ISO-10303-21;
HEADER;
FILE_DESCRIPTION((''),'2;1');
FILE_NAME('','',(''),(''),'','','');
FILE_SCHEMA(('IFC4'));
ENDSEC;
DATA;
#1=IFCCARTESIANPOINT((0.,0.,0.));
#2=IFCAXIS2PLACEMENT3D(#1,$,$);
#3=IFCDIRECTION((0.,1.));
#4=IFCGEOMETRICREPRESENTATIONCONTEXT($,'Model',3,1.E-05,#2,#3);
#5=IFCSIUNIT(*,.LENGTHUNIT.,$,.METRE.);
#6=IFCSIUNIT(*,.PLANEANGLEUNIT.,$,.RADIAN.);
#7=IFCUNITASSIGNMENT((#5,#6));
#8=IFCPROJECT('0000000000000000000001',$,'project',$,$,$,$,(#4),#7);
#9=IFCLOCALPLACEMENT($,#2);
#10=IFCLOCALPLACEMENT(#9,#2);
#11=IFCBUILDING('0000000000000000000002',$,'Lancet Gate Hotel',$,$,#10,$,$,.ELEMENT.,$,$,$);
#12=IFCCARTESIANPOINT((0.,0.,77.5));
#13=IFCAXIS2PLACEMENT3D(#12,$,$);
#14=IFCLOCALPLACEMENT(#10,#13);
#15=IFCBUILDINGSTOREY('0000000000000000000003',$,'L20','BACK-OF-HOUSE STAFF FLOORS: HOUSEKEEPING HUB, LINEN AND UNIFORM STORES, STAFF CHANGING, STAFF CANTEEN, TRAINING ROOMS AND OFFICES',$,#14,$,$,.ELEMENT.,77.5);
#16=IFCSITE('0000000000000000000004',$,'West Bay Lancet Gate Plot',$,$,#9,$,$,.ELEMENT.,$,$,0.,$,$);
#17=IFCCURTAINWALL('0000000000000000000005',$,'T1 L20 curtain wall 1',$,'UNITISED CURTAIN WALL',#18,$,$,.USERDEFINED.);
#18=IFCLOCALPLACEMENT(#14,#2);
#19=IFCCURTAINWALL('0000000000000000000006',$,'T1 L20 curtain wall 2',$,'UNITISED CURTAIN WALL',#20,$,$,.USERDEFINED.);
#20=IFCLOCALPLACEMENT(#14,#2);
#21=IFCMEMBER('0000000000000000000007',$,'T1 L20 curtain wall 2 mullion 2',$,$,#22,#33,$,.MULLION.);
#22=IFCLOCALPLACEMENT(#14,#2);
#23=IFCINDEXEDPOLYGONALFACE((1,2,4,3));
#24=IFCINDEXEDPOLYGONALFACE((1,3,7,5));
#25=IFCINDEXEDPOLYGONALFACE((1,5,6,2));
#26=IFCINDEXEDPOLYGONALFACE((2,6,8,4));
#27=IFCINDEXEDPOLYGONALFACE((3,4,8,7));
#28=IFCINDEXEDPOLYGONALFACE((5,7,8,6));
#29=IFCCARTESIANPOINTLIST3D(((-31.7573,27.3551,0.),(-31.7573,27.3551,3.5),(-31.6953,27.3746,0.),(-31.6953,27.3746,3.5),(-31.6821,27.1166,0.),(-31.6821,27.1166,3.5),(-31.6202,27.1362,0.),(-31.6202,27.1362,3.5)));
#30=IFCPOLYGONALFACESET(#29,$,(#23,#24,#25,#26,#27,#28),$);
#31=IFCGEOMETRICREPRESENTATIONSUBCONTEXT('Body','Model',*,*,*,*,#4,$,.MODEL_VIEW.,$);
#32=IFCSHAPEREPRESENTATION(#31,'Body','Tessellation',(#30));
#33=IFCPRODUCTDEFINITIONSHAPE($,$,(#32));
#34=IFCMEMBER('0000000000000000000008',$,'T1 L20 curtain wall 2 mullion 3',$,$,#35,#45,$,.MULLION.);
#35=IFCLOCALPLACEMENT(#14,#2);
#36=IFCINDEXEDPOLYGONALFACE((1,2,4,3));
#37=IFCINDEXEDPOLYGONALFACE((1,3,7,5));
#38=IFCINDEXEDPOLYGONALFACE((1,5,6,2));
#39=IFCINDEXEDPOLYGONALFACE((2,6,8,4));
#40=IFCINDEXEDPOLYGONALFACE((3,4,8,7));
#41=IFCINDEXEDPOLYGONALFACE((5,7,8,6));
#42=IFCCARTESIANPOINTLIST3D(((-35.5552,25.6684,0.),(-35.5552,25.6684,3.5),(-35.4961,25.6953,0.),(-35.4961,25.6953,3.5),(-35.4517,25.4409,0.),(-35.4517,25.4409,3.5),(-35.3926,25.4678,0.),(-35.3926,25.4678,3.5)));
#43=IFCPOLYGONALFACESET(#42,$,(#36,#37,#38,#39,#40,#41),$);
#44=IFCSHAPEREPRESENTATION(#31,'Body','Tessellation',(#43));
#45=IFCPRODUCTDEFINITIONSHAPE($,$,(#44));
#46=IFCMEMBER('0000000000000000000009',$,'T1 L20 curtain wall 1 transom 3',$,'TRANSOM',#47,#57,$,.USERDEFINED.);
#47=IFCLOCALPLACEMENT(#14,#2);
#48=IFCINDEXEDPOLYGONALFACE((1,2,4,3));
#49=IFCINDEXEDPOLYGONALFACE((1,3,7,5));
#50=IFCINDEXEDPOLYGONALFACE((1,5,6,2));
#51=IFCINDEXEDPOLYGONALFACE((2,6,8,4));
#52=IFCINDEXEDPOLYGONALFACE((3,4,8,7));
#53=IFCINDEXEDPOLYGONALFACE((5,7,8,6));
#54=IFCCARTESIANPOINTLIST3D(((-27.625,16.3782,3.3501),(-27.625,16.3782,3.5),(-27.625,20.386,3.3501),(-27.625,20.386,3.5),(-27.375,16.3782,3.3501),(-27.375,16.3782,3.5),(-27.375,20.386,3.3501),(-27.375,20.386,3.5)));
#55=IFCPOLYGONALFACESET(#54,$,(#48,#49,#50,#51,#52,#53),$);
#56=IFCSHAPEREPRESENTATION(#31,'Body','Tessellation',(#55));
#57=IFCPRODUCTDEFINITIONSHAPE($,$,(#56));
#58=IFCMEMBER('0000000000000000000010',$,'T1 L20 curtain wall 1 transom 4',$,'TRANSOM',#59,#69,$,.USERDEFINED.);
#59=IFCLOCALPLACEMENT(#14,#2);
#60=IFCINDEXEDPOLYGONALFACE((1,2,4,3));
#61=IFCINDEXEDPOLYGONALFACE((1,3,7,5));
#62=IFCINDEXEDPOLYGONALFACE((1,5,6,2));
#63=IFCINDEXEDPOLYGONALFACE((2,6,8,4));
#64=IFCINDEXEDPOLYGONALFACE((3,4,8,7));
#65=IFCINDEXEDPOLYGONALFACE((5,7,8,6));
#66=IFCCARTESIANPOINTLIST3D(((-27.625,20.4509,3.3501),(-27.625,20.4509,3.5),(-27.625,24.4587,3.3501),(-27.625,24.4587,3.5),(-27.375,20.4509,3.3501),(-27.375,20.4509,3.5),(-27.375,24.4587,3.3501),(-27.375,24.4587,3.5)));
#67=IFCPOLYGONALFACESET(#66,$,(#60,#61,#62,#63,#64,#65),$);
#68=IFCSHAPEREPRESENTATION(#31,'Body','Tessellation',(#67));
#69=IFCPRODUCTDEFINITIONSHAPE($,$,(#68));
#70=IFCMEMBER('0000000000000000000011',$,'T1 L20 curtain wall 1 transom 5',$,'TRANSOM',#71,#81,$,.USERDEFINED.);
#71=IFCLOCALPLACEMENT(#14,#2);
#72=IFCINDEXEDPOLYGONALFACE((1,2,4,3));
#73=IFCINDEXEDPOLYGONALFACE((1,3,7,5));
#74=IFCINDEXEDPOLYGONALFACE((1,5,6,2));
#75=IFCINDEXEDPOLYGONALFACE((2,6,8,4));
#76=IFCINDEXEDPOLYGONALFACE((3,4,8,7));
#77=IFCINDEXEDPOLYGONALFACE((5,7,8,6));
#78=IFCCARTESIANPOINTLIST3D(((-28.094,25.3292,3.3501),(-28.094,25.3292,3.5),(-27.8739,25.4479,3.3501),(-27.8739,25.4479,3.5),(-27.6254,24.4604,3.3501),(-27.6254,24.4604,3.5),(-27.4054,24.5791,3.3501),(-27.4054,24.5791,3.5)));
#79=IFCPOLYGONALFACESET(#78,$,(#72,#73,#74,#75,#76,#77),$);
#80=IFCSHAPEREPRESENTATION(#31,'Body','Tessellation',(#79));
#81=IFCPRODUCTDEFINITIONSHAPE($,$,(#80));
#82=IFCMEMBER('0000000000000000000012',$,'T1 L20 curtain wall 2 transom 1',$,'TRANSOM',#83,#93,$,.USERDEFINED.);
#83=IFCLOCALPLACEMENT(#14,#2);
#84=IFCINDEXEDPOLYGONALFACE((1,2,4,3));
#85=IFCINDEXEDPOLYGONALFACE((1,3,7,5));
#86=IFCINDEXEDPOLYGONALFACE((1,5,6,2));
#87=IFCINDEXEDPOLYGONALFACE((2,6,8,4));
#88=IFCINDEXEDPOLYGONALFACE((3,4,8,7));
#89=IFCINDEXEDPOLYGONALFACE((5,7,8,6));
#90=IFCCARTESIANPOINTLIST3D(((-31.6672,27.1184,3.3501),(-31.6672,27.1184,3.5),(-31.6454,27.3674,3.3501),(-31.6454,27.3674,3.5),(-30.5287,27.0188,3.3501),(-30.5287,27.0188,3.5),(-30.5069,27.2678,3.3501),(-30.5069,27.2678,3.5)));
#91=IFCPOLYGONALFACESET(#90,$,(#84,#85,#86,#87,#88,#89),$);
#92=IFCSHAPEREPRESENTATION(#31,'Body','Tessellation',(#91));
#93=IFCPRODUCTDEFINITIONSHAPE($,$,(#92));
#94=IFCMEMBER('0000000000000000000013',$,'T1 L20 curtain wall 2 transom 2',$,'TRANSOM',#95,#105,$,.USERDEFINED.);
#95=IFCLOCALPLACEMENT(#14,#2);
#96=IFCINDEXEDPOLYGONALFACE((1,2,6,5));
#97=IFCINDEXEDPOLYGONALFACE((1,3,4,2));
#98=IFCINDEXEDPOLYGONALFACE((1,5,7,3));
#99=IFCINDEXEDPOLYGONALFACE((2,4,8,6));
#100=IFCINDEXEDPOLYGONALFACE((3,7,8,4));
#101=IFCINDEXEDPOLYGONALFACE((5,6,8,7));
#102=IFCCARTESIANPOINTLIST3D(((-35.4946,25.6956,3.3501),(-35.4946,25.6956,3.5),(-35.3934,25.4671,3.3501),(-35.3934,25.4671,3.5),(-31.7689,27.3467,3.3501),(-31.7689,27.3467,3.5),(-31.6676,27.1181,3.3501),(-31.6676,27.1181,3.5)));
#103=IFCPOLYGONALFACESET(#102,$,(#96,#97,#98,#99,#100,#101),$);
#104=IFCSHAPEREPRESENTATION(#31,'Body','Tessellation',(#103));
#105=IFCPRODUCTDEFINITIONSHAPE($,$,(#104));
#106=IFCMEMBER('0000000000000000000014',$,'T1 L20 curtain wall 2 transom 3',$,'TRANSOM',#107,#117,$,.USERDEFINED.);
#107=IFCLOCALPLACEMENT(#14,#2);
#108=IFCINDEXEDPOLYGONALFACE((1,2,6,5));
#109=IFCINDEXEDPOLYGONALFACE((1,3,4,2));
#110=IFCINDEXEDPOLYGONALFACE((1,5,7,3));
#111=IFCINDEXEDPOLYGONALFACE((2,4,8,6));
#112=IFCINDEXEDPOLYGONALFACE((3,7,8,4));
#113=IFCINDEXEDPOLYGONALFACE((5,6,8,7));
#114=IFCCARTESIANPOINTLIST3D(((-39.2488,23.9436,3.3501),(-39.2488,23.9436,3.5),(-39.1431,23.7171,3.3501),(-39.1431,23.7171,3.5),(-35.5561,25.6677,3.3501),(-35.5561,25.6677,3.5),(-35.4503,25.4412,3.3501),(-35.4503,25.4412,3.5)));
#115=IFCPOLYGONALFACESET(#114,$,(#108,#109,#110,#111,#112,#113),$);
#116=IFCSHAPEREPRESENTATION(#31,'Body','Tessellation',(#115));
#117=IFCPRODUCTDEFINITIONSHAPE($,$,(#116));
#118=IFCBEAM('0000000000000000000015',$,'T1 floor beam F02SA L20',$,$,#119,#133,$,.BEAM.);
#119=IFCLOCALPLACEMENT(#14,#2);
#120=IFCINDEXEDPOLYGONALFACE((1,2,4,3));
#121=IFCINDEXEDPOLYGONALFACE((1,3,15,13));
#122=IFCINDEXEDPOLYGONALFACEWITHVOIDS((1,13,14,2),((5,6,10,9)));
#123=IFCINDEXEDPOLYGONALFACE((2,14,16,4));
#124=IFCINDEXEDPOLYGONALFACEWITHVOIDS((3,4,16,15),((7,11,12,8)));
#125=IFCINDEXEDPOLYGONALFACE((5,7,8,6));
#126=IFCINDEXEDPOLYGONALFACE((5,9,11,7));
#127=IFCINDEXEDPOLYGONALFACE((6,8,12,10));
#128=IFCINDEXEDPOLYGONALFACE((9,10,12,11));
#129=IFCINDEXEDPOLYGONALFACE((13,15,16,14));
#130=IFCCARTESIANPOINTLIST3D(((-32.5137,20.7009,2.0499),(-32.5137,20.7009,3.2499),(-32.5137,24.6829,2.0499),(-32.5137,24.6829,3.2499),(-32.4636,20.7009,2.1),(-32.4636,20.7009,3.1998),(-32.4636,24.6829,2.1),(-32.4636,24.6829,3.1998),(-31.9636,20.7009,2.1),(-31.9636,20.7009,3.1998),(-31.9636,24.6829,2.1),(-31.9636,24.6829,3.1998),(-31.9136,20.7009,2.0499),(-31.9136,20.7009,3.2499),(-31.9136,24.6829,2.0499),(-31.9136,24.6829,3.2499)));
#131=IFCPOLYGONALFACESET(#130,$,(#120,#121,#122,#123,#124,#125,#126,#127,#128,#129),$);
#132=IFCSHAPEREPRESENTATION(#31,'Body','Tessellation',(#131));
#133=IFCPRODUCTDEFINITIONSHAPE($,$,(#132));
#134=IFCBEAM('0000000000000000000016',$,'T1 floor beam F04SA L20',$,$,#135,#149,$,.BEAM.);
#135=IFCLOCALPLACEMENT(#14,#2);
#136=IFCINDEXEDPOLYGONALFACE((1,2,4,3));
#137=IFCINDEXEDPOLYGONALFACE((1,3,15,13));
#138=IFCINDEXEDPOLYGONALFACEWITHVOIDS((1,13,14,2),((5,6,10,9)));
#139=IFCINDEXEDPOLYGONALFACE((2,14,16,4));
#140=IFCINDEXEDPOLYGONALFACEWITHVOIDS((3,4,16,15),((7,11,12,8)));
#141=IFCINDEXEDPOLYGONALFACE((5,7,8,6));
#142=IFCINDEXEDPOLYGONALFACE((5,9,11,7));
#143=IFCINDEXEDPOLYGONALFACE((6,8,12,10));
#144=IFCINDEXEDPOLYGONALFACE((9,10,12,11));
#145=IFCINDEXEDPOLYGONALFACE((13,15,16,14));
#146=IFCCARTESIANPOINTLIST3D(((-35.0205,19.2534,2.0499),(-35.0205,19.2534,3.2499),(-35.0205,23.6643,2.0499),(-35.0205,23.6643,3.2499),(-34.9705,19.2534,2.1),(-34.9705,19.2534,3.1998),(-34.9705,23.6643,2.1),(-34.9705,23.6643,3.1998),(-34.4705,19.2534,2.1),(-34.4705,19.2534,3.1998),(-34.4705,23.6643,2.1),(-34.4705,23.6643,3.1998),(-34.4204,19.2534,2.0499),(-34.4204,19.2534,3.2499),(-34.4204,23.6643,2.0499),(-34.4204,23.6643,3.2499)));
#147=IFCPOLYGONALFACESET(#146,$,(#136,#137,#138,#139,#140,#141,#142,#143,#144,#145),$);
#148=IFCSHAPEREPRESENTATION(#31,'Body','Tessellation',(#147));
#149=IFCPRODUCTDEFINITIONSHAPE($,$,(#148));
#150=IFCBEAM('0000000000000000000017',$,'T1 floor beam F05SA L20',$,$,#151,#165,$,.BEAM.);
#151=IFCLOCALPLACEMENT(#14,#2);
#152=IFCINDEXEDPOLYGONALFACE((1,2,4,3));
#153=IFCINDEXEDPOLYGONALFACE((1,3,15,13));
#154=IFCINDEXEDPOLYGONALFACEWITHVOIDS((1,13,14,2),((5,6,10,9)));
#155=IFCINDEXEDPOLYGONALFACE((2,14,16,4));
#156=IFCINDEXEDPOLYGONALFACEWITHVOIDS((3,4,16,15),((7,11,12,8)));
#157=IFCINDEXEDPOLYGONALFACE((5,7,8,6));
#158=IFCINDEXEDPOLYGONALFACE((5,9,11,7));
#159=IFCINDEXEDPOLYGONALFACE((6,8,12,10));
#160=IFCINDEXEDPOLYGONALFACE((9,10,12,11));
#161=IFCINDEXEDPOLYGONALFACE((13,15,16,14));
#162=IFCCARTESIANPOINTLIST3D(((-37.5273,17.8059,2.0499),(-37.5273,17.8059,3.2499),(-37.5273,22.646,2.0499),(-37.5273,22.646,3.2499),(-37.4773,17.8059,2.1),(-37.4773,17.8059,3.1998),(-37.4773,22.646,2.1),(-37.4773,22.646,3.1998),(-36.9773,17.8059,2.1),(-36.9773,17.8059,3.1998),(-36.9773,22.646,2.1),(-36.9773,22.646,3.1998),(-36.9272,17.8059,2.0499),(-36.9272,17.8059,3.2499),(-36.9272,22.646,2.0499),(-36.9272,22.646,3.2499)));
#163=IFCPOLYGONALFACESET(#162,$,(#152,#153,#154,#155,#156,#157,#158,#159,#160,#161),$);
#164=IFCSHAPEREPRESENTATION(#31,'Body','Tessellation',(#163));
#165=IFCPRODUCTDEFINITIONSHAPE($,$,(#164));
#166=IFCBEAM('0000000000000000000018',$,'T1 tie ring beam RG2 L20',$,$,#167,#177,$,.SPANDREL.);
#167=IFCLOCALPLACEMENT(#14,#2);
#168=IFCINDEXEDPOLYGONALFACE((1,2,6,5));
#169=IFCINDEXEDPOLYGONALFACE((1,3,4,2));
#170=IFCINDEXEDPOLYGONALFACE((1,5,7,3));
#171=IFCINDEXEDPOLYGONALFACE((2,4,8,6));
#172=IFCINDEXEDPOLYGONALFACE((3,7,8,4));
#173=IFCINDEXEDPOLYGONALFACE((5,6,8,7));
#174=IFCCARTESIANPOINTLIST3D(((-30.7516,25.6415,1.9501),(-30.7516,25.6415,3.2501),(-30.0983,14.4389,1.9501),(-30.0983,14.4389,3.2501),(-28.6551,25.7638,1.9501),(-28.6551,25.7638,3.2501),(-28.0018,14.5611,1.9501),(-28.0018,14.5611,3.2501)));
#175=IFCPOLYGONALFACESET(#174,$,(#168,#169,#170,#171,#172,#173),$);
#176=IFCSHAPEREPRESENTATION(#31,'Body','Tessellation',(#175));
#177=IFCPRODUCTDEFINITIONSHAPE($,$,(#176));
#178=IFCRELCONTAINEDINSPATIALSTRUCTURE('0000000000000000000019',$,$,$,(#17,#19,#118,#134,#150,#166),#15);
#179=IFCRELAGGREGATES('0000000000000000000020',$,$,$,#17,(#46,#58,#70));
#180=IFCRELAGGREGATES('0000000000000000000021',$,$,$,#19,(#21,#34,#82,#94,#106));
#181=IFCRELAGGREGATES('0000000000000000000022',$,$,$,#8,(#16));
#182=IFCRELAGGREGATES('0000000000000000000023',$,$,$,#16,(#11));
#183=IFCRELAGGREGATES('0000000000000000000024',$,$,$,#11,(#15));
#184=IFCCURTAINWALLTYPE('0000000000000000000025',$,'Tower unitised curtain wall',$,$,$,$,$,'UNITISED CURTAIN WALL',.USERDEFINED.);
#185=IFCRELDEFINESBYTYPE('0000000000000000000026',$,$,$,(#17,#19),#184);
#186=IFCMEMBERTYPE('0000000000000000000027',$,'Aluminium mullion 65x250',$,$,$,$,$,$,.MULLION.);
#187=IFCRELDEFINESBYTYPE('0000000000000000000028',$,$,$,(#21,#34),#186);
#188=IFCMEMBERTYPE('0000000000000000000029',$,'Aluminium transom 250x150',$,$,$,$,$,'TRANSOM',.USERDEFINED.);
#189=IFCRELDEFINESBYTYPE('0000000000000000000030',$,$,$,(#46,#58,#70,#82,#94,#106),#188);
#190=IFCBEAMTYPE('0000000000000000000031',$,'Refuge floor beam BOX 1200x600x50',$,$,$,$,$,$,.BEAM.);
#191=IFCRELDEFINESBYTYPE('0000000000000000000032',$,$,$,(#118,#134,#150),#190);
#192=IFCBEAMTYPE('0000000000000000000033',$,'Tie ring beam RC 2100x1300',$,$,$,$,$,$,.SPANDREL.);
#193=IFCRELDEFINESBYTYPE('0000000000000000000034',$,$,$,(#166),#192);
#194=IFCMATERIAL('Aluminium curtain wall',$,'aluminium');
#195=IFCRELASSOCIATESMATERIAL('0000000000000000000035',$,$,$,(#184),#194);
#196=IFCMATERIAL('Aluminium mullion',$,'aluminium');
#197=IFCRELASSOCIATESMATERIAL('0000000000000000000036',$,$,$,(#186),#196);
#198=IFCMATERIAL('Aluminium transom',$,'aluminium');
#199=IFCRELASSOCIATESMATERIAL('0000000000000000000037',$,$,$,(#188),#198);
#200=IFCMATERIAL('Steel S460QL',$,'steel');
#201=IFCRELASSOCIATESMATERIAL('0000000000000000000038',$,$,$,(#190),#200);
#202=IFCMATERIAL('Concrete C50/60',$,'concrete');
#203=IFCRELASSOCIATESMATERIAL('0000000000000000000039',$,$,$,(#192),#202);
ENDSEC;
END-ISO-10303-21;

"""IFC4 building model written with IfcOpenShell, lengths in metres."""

from ifc_helpers import new_model, si_unit, direction, frame, origin, origin_2d, place, context, subcontext, project, spatial, rectangle, hollow_rectangle, extrude, material, material_profile, profile_set, type_object, element, aggregate, save


model = new_model("IFC4")

# Units and contexts
model_context = context("Model", 3, precision=1e-05, world=origin(), true_north=direction((0.0, 1.0)))
body_context = subcontext(model_context, "Body", "Model", "MODEL_VIEW")
ifc_project = project(units=[si_unit("LENGTHUNIT", "METRE"), si_unit("PLANEANGLEUNIT", "RADIAN")], contexts=[model_context])

# Site, building, storey
site_placement = place(None, origin())
site = spatial("IfcSite", under=ifc_project, at=site_placement, Name="West Bay Lancet Gate Plot", CompositionType="ELEMENT", RefElevation=0.0)
building_placement = place(site_placement, origin())
building = spatial("IfcBuilding", under=site, at=building_placement, Name="Lancet Gate Hotel", CompositionType="ELEMENT")
storey_placement = place(building_placement, frame((0.0, 0.0, 77.5)))
storey = spatial("IfcBuildingStorey", under=building, at=storey_placement, Name="L20", Description="BACK-OF-HOUSE STAFF FLOORS: HOUSEKEEPING HUB, LINEN AND UNIFORM STORES, STAFF CHANGING, STAFF CANTEEN, TRAINING ROOMS AND OFFICES", CompositionType="ELEMENT", Elevation=77.5)

# Curtain walls, members
ifc_material_1 = material(Name="Aluminium curtain wall", Category="aluminium")
curtain_wall_type = type_object("IfcCurtainWallType", Name="Tower unitised curtain wall", ElementType="UNITISED CURTAIN WALL", PredefinedType="USERDEFINED", material=ifc_material_1)
curtain_wall_1_placement = place(storey_placement, origin())
curtain_wall_1 = element("IfcCurtainWall", 1, at=curtain_wall_1_placement, inside=storey, type_object=curtain_wall_type, Name="T1 L20 curtain wall 1", ObjectType="UNITISED CURTAIN WALL", PredefinedType="USERDEFINED")
ifc_material_2 = material(Name="Aluminium mullion", Category="aluminium")
ifc_material_profile_1 = material_profile(ifc_material_2, rectangle(XDim=0.0649, YDim=0.25, at=origin_2d()), Name="MULLION 65x250")
ifc_profile_set_1 = profile_set([ifc_material_profile_1], Name="Aluminium mullion")
member_type_1 = type_object("IfcMemberType", Name="Aluminium mullion 65x250", PredefinedType="MULLION", material=ifc_profile_set_1)
curtain_wall_2_placement = place(storey_placement, origin())
curtain_wall_2 = element("IfcCurtainWall", 2, at=curtain_wall_2_placement, inside=storey, type_object=curtain_wall_type, Name="T1 L20 curtain wall 2", ObjectType="UNITISED CURTAIN WALL", PredefinedType="USERDEFINED")
member_1_placement = place(storey_placement, frame((-31.6887, 27.2456, 0.0), z_axis=(0.0, 0.0, 1.0), x_axis=(-0.953737, -0.300643, 0.0)))
member_1 = element("IfcMember", 3, at=member_1_placement, type_object=member_type_1, Name="T1 L20 curtain wall 2 mullion 2", PredefinedType="MULLION", context=body_context, shape_type="SweptSolid", body=[
    extrude(rectangle(XDim=0.0649, YDim=0.25, at=origin_2d()), origin(), (0.0, 0.0, 1.0), 3.5),
])
member_2_placement = place(storey_placement, frame((-35.4739, 25.5681, 0.0), z_axis=(0.0, 0.0, 1.0), x_axis=(-0.91022, -0.414126, 0.0)))
member_2 = element("IfcMember", 4, at=member_2_placement, type_object=member_type_1, Name="T1 L20 curtain wall 2 mullion 3", PredefinedType="MULLION", context=body_context, shape_type="SweptSolid", body=[
    extrude(rectangle(XDim=0.0649, YDim=0.25, at=origin_2d()), origin(), (0.0, 0.0, 1.0), 3.5),
])

# Members
ifc_material_3 = material(Name="Aluminium transom", Category="aluminium")
ifc_material_profile_2 = material_profile(ifc_material_3, rectangle(XDim=0.25, YDim=0.1499, at=origin_2d()), Name="TRANSOM 250x150")
ifc_profile_set_2 = profile_set([ifc_material_profile_2], Name="Aluminium transom")
member_type_2 = type_object("IfcMemberType", Name="Aluminium transom 250x150", ElementType="TRANSOM", PredefinedType="USERDEFINED", material=ifc_profile_set_2)
member_3_placement = place(storey_placement, frame((-27.5, 16.3782, 3.425), z_axis=(0.0, 1.0, 0.0), x_axis=(-1.0, 0.0, 0.0)))
member_3 = element("IfcMember", 5, at=member_3_placement, type_object=member_type_2, Name="T1 L20 curtain wall 1 transom 3", ObjectType="TRANSOM", PredefinedType="USERDEFINED", context=body_context, shape_type="SweptSolid", body=[
    extrude(rectangle(XDim=0.25, YDim=0.1499, at=origin_2d()), origin(), (0.0, 0.0, 1.0), 4.0078),
])
member_4_placement = place(storey_placement, frame((-27.5, 20.4509, 3.425), z_axis=(0.0, 1.0, 0.0), x_axis=(-1.0, 0.0, 0.0)))
member_4 = element("IfcMember", 6, at=member_4_placement, type_object=member_type_2, Name="T1 L20 curtain wall 1 transom 4", ObjectType="TRANSOM", PredefinedType="USERDEFINED", context=body_context, shape_type="SweptSolid", body=[
    extrude(rectangle(XDim=0.25, YDim=0.1499, at=origin_2d()), origin(), (0.0, 0.0, 1.0), 4.0078),
])
member_5_placement = place(storey_placement, frame((-27.5154, 24.5198, 3.425), z_axis=(-0.474705, 0.880145, 0.0), x_axis=(-0.880145, -0.474705, 0.0)))
member_5 = element("IfcMember", 7, at=member_5_placement, type_object=member_type_2, Name="T1 L20 curtain wall 1 transom 5", ObjectType="TRANSOM", PredefinedType="USERDEFINED", context=body_context, shape_type="SweptSolid", body=[
    extrude(rectangle(XDim=0.25, YDim=0.1499, at=origin_2d()), origin(), (0.0, 0.0, 1.0), 0.9871),
])
member_6_placement = place(storey_placement, frame((-30.5178, 27.1433, 3.425), z_axis=(-0.996194, 0.087164, 0.0), x_axis=(-0.087164, -0.996194, 0.0)))
member_6 = element("IfcMember", 8, at=member_6_placement, type_object=member_type_2, Name="T1 L20 curtain wall 2 transom 1", ObjectType="TRANSOM", PredefinedType="USERDEFINED", context=body_context, shape_type="SweptSolid", body=[
    extrude(rectangle(XDim=0.25, YDim=0.1499, at=origin_2d()), origin(), (0.0, 0.0, 1.0), 1.1428),
])
member_7_placement = place(storey_placement, frame((-31.7183, 27.2324, 3.425), z_axis=(-0.914248, -0.405154, 0.0), x_axis=(0.405154, -0.914248, 0.0)))
member_7 = element("IfcMember", 9, at=member_7_placement, type_object=member_type_2, Name="T1 L20 curtain wall 2 transom 2", ObjectType="TRANSOM", PredefinedType="USERDEFINED", context=body_context, shape_type="SweptSolid", body=[
    extrude(rectangle(XDim=0.25, YDim=0.1499, at=origin_2d()), origin(), (0.0, 0.0, 1.0), 4.0752),
])
member_8_placement = place(storey_placement, frame((-35.5032, 25.5544, 3.425), z_axis=(-0.90611, -0.423043, 0.0), x_axis=(0.423043, -0.90611, 0.0)))
member_8 = element("IfcMember", 10, at=member_8_placement, type_object=member_type_2, Name="T1 L20 curtain wall 2 transom 3", ObjectType="TRANSOM", PredefinedType="USERDEFINED", context=body_context, shape_type="SweptSolid", body=[
    extrude(rectangle(XDim=0.25, YDim=0.1499, at=origin_2d()), origin(), (0.0, 0.0, 1.0), 4.0754),
])

# Beams
ifc_material_4 = material(Name="Steel S460QL", Category="steel")
ifc_material_profile_3 = material_profile(ifc_material_4, hollow_rectangle(XDim=0.6001, YDim=1.2, WallThickness=0.05, at=origin_2d()), Name="BOX 1200x600x50")
ifc_profile_set_3 = profile_set([ifc_material_profile_3], Name="Steel S460QL")
beam_type_1 = type_object("IfcBeamType", Name="Refuge floor beam BOX 1200x600x50", PredefinedType="BEAM", material=ifc_profile_set_3)
beam_1_placement = place(storey_placement, frame((-32.2136, 24.6829, 2.6499), z_axis=(0.0, -1.0, 0.0), x_axis=(1.0, 0.0, 0.0)))
element("IfcBeam", 11, at=beam_1_placement, inside=storey, type_object=beam_type_1, Name="T1 floor beam F02SA L20", PredefinedType="BEAM", context=body_context, shape_type="SweptSolid", body=[
    extrude(hollow_rectangle(XDim=0.6001, YDim=1.2, WallThickness=0.05, at=origin_2d()), origin(), (0.0, 0.0, 1.0), 3.9819),
])
beam_2_placement = place(storey_placement, frame((-34.7205, 23.6643, 2.6499), z_axis=(0.0, -1.0, 0.0), x_axis=(1.0, 0.0, 0.0)))
element("IfcBeam", 12, at=beam_2_placement, inside=storey, type_object=beam_type_1, Name="T1 floor beam F04SA L20", PredefinedType="BEAM", context=body_context, shape_type="SweptSolid", body=[
    extrude(hollow_rectangle(XDim=0.6001, YDim=1.2, WallThickness=0.05, at=origin_2d()), origin(), (0.0, 0.0, 1.0), 4.4109),
])
beam_3_placement = place(storey_placement, frame((-37.2273, 22.646, 2.6499), z_axis=(0.0, -1.0, 0.0), x_axis=(1.0, 0.0, 0.0)))
element("IfcBeam", 13, at=beam_3_placement, inside=storey, type_object=beam_type_1, Name="T1 floor beam F05SA L20", PredefinedType="BEAM", context=body_context, shape_type="SweptSolid", body=[
    extrude(hollow_rectangle(XDim=0.6001, YDim=1.2, WallThickness=0.05, at=origin_2d()), origin(), (0.0, 0.0, 1.0), 4.8401),
])
ifc_material_5 = material(Name="Concrete C50/60", Category="concrete")
ifc_material_profile_4 = material_profile(ifc_material_5, rectangle(XDim=2.1001, YDim=1.3, at=origin_2d()), Name="RC 2100x1300")
ifc_profile_set_4 = profile_set([ifc_material_profile_4], Name="Concrete C50/60")
beam_type_2 = type_object("IfcBeamType", Name="Tie ring beam RC 2100x1300", PredefinedType="SPANDREL", material=ifc_profile_set_4)
beam_4_placement = place(storey_placement, frame((-29.7034, 25.7026, 2.6001), z_axis=(0.05822, -0.998304, 0.0), x_axis=(0.998304, 0.05822, 0.0)))
element("IfcBeam", 14, at=beam_4_placement, inside=storey, type_object=beam_type_2, Name="T1 tie ring beam RG2 L20", PredefinedType="SPANDREL", context=body_context, shape_type="SweptSolid", body=[
    extrude(rectangle(XDim=2.1001, YDim=1.3, at=origin_2d()), origin(), (0.0, 0.0, 1.0), 11.2217),
])

aggregate(curtain_wall_1, [member_3, member_4, member_5])
aggregate(curtain_wall_2, [member_1, member_2, member_6, member_7, member_8])

save(model, "model.ifc")
